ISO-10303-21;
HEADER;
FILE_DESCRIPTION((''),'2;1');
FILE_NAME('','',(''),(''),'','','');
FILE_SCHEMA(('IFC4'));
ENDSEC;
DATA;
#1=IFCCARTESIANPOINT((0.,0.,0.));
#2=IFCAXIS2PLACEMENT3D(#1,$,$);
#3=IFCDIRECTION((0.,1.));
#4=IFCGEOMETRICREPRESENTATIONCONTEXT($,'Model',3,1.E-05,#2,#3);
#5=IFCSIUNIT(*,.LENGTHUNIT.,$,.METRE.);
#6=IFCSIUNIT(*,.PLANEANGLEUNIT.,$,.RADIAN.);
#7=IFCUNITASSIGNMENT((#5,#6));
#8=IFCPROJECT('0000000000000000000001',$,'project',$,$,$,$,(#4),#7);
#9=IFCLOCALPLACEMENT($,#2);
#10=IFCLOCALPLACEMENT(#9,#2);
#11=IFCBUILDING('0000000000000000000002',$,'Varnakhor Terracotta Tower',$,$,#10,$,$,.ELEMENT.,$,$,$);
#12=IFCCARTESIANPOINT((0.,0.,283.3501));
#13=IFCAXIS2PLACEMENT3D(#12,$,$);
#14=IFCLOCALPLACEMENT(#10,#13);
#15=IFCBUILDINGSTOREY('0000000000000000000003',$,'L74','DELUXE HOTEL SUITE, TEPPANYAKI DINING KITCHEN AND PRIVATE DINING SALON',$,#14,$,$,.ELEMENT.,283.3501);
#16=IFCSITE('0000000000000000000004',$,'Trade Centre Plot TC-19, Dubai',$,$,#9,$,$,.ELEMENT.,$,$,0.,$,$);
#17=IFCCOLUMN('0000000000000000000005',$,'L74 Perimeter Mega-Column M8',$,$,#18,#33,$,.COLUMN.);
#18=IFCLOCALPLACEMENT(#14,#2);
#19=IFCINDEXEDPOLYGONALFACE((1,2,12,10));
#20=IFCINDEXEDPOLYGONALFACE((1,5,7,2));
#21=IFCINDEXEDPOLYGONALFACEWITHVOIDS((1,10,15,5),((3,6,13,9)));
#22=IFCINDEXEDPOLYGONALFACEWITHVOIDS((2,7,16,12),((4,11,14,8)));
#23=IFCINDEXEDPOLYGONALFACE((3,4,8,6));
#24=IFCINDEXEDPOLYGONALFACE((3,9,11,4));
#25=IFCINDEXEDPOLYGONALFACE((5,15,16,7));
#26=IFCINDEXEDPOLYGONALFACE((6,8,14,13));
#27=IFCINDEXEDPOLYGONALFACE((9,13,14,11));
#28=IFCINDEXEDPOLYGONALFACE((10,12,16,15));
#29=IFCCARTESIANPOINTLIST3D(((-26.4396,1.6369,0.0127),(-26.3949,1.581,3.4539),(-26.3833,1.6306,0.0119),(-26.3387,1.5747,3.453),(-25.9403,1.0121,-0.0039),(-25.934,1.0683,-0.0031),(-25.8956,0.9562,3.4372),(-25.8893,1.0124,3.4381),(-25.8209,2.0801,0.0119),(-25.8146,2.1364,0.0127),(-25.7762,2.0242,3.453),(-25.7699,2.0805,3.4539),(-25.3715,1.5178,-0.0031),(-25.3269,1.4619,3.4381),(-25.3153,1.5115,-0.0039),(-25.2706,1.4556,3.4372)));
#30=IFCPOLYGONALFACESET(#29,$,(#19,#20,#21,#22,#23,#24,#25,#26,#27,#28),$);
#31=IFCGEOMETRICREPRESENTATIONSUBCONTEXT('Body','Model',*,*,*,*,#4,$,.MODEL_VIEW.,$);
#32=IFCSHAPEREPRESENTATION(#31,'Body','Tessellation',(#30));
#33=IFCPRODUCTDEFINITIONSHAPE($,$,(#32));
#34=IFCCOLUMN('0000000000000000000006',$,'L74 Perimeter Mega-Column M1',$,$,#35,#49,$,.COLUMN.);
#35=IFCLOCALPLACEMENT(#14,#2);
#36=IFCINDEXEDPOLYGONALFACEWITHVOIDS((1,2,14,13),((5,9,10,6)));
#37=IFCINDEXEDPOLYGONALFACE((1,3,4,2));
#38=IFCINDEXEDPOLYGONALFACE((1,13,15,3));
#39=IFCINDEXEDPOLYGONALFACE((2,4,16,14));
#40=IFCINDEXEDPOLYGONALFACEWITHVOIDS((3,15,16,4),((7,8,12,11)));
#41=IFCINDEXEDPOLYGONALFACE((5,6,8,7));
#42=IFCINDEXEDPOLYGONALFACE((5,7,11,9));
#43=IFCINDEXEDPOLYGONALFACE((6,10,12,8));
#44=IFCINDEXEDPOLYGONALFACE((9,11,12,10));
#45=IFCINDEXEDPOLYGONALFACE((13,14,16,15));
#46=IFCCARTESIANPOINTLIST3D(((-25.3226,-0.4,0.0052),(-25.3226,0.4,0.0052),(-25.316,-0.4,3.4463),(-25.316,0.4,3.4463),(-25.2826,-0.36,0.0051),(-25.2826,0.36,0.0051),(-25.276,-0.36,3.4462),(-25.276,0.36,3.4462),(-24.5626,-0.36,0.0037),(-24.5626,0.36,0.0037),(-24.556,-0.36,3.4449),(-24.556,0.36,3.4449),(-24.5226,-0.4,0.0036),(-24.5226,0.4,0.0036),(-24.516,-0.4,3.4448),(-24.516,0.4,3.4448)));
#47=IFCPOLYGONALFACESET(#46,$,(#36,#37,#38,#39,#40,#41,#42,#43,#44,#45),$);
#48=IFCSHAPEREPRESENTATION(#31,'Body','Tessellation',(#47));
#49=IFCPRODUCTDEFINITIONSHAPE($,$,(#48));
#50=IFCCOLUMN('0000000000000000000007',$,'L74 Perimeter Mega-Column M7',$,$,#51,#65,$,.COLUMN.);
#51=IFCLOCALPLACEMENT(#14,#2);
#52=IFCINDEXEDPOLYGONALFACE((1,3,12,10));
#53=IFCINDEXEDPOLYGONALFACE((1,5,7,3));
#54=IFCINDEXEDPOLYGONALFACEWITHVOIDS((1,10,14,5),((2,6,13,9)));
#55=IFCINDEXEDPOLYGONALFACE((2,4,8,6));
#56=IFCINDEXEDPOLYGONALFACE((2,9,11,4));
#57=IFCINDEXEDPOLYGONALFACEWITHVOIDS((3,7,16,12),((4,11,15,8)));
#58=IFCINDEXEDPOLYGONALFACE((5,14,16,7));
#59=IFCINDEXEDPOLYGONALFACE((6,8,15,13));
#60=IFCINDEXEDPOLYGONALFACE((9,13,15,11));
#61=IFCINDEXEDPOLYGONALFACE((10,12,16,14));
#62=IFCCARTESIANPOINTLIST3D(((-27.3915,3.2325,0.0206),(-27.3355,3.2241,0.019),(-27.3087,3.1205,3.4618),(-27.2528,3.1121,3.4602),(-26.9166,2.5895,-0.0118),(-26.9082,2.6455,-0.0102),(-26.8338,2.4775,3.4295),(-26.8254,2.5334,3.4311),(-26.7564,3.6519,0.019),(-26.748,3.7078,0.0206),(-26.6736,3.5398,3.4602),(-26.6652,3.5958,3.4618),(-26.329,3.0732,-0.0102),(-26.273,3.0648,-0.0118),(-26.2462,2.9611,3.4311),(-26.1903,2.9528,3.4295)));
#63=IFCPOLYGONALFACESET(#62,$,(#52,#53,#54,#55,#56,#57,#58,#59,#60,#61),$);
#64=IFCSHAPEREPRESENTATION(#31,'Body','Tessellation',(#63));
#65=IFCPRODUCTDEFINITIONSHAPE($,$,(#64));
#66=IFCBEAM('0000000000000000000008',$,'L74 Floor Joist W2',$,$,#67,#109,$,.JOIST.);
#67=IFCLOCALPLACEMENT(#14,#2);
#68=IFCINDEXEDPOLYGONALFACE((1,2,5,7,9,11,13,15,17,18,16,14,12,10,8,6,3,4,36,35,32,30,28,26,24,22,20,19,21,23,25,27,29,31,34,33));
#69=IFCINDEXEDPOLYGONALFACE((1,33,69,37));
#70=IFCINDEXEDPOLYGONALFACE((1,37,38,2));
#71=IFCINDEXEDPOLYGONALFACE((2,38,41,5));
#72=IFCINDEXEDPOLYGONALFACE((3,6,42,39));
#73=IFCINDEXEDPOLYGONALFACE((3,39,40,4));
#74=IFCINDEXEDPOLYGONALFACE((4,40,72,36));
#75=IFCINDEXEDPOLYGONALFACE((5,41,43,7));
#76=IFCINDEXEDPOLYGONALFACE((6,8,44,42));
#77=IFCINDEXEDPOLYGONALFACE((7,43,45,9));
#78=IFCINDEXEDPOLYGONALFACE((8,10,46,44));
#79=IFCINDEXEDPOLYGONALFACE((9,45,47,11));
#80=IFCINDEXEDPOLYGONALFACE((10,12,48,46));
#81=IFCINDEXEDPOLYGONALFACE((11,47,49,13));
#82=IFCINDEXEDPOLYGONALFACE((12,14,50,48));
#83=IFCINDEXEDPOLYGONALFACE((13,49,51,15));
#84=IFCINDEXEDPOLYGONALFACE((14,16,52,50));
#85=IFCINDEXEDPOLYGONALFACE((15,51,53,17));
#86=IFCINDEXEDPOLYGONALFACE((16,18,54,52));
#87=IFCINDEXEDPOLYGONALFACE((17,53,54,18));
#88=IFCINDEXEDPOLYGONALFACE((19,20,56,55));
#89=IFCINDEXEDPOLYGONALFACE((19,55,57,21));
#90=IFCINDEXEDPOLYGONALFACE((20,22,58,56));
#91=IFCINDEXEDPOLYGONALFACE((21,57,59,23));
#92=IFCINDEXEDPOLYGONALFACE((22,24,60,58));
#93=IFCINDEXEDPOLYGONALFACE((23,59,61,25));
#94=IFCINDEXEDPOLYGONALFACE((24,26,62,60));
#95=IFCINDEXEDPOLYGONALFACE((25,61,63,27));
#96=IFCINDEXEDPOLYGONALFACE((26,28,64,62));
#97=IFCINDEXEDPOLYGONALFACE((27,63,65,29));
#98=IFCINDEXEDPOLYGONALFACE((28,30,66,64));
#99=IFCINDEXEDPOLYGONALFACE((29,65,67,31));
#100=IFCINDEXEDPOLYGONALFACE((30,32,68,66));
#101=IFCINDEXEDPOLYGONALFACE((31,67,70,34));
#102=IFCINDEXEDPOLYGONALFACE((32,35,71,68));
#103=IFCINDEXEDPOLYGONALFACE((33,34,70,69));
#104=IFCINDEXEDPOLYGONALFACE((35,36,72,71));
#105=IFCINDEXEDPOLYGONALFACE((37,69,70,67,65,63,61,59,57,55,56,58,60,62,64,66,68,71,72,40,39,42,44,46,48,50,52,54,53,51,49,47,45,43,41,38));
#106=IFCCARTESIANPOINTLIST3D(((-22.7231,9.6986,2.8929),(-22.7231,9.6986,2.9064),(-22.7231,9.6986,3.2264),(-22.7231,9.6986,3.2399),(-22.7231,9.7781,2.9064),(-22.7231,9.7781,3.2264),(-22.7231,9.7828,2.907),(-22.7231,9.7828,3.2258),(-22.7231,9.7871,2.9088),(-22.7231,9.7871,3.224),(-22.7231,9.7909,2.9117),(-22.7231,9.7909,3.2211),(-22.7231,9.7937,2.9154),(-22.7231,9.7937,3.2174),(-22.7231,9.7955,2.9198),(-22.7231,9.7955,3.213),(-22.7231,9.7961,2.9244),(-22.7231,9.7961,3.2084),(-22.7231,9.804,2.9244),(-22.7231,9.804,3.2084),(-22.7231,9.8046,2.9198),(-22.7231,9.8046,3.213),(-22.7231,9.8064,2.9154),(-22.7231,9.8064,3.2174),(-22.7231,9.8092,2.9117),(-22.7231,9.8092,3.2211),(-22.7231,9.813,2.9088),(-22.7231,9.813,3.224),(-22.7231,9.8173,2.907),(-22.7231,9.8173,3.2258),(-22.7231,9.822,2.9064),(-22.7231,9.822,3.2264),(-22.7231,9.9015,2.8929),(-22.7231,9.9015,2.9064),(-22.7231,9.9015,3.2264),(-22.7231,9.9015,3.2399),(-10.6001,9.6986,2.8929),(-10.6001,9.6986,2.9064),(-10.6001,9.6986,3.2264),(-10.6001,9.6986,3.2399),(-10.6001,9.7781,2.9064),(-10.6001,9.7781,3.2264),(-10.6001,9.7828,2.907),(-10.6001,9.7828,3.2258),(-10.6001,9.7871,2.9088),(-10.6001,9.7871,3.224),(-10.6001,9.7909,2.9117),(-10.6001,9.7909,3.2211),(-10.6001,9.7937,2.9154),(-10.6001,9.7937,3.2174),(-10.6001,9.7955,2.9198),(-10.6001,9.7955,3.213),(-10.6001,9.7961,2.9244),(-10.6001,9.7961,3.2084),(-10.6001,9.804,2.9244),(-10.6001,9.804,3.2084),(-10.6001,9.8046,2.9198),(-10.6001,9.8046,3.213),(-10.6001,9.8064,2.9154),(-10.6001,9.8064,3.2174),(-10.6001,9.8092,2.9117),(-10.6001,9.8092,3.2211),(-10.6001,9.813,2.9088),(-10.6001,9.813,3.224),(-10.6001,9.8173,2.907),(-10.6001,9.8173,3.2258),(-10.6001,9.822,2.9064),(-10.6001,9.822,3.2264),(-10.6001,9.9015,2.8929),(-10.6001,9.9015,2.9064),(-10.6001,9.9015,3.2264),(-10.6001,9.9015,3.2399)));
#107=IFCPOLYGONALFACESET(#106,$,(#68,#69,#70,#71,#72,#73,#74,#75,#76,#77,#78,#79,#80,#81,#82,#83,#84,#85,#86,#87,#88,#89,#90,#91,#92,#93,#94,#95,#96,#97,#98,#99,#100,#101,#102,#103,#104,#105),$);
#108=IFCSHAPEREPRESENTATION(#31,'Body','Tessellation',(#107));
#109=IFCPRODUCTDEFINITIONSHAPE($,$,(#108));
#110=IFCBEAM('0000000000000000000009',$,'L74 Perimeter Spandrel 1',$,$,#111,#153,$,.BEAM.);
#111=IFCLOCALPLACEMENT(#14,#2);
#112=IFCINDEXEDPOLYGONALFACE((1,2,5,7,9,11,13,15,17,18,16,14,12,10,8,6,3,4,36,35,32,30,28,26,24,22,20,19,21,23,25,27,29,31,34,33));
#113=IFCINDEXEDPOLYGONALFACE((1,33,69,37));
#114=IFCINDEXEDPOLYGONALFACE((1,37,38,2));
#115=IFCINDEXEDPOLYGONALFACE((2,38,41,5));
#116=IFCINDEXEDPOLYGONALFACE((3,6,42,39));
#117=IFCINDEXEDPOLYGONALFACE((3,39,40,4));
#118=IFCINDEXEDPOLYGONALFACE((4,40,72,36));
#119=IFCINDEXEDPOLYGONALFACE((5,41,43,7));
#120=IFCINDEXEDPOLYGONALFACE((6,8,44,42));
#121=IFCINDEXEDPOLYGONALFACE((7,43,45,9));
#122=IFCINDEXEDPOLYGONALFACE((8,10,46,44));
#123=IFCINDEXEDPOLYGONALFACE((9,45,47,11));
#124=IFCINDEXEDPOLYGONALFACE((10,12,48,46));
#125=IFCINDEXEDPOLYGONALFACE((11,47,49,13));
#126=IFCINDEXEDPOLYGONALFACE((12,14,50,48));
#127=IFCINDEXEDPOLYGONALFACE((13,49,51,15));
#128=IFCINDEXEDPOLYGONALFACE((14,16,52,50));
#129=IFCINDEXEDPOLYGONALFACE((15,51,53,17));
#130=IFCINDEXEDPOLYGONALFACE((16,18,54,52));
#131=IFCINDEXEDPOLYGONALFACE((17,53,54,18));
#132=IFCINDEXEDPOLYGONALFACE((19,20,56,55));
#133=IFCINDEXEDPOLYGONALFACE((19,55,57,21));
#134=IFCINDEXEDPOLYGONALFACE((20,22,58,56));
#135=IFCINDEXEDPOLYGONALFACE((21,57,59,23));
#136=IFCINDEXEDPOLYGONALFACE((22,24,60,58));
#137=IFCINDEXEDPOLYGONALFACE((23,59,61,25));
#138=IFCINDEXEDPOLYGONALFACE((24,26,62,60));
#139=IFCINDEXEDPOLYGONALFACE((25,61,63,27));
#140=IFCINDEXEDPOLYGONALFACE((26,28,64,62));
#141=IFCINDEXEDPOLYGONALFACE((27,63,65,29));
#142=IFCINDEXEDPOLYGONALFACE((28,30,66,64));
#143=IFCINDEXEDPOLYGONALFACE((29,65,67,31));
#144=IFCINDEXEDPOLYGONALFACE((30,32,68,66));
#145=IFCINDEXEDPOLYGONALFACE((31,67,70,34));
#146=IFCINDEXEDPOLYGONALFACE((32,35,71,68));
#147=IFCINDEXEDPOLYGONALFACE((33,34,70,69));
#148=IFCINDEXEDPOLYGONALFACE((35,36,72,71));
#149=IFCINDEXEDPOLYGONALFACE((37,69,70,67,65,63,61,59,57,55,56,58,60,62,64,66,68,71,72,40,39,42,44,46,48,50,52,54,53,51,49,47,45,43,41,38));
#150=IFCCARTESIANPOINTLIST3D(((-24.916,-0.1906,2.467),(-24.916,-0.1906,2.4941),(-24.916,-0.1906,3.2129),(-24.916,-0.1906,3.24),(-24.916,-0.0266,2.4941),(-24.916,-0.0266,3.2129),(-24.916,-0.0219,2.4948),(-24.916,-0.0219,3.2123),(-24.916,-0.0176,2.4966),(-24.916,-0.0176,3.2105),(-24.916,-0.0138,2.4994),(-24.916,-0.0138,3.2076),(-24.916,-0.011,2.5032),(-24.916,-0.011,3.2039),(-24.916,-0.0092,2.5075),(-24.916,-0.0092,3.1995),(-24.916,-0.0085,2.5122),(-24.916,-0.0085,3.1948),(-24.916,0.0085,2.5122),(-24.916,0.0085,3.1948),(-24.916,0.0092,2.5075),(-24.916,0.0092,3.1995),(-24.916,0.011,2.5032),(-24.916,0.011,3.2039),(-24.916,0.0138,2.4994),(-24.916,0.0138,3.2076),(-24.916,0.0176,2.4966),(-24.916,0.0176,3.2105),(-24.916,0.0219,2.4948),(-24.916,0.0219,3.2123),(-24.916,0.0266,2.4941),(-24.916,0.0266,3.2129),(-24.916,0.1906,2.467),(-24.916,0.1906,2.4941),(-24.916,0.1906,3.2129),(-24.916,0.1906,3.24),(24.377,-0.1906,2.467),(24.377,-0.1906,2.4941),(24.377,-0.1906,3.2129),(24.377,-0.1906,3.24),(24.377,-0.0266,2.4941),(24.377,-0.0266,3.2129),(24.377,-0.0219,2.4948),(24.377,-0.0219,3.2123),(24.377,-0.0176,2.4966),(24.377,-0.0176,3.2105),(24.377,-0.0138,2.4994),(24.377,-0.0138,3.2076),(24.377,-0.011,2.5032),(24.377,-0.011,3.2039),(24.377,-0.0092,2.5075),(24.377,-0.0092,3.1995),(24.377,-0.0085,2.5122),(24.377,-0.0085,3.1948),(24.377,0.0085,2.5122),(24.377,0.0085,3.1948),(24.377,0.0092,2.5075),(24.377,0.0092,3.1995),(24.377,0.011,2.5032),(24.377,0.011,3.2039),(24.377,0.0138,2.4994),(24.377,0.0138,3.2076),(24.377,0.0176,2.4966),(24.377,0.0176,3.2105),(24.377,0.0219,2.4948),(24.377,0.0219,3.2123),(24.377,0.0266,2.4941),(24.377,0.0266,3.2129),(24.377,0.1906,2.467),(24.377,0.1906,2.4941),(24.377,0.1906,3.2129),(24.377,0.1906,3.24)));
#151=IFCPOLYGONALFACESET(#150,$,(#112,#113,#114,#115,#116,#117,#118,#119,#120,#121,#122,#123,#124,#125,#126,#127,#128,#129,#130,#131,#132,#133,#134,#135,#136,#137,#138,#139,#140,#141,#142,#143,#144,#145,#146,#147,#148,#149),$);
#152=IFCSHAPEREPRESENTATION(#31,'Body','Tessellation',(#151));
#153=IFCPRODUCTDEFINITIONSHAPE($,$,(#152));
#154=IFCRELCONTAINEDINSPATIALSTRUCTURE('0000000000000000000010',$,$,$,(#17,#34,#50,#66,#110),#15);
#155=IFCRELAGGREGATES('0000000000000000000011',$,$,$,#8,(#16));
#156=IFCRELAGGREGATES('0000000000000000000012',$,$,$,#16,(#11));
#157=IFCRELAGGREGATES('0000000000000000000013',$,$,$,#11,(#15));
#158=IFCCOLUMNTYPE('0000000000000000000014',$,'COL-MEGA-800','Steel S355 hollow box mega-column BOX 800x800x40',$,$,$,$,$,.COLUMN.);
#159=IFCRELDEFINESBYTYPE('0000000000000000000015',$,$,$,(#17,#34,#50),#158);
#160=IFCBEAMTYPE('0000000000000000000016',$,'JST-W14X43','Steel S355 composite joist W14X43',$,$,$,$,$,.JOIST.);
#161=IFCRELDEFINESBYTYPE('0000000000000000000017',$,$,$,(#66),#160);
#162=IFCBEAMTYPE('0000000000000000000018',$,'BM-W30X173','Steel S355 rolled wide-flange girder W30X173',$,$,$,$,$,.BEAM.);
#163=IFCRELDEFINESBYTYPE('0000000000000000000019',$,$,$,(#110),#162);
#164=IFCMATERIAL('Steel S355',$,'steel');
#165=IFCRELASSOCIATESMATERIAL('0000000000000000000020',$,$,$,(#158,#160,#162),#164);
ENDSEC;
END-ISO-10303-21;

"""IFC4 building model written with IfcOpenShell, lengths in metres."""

from ifc_helpers import new_model, si_unit, direction, frame, origin, origin_2d, place, context, subcontext, project, spatial, hollow_rectangle, i_section, extrude, source, transform, mapped, material, material_profile, profile_set, type_object, element, save


model = new_model("IFC4")

# Units and contexts
model_context = context("Model", 3, precision=1e-05, world=origin(), true_north=direction((0.0, 1.0)))
body_context = subcontext(model_context, "Body", "Model", "MODEL_VIEW")
ifc_project = project(units=[si_unit("LENGTHUNIT", "METRE"), si_unit("PLANEANGLEUNIT", "RADIAN")], contexts=[model_context])

# Site, building, storey
site_placement = place(None, origin())
site = spatial("IfcSite", under=ifc_project, at=site_placement, Name="Trade Centre Plot TC-19, Dubai", CompositionType="ELEMENT", RefElevation=0.0)
building_placement = place(site_placement, origin())
building = spatial("IfcBuilding", under=site, at=building_placement, Name="Varnakhor Terracotta Tower", CompositionType="ELEMENT")
storey_placement = place(building_placement, frame((0.0, 0.0, 283.3501)))
storey = spatial("IfcBuildingStorey", under=building, at=storey_placement, Name="L74", Description="DELUXE HOTEL SUITE, TEPPANYAKI DINING KITCHEN AND PRIVATE DINING SALON", CompositionType="ELEMENT", Elevation=283.3501)

# Columns
ifc_material_1 = material(Name="Steel S355", Category="steel")
ifc_material_profile_1 = material_profile(ifc_material_1, hollow_rectangle(XDim=0.8, YDim=0.8, WallThickness=0.04, at=origin_2d()), Name="BOX 800x800x40")
ifc_profile_set_1 = profile_set([ifc_material_profile_1], Name="Steel S355")
column_type = type_object("IfcColumnType", Name="COL-MEGA-800", Description="Steel S355 hollow box mega-column BOX 800x800x40", PredefinedType="COLUMN", material=ifc_profile_set_1)
shared_shape_1 = source(origin(), body_context, "Body", "SweptSolid", [
    extrude(hollow_rectangle(XDim=0.8, YDim=0.8, WallThickness=0.04, at=origin_2d()), origin(), (0.0, 0.0, 1.0), 3.4419),
])
column_1_placement = place(storey_placement, frame((-25.8774, 1.5742, 0.0044), z_axis=(0.012981, -0.016243, 0.999784), x_axis=(0.781202, 0.624279, 0.0)))
element("IfcColumn", 1, at=column_1_placement, inside=storey, type_object=column_type, Name="L74 Perimeter Mega-Column M8", PredefinedType="COLUMN", context=body_context, shape_type="MappedRepresentation", body=[
    mapped(shared_shape_1, transform((0.0, 0.0, 0.0), scale=1.0)),
])
shared_shape_2 = source(origin(), body_context, "Body", "SweptSolid", [
    extrude(hollow_rectangle(XDim=0.8, YDim=0.8, WallThickness=0.04, at=origin_2d()), origin(), (0.0, 0.0, 1.0), 3.4412),
])
column_2_placement = place(storey_placement, frame((-24.9226, 0.0, 0.0044), z_axis=(0.001916, 0.0, 0.999998), x_axis=(0.0, 1.0, 0.0)))
element("IfcColumn", 2, at=column_2_placement, inside=storey, type_object=column_type, Name="L74 Perimeter Mega-Column M1", PredefinedType="COLUMN", context=body_context, shape_type="MappedRepresentation", body=[
    mapped(shared_shape_2, transform((0.0, 0.0, 0.0), scale=1.0)),
])
shared_shape_3 = source(origin(), body_context, "Body", "SweptSolid", [
    extrude(hollow_rectangle(XDim=0.8, YDim=0.8, WallThickness=0.04, at=origin_2d()), origin(), (0.0, 0.0, 1.0), 3.4441),
])
column_3_placement = place(storey_placement, frame((-26.8323, 3.1487, 0.0044), z_axis=(0.024031, -0.032538, 0.999182), x_axis=(0.804395, 0.594095, 0.0)))
element("IfcColumn", 3, at=column_3_placement, inside=storey, type_object=column_type, Name="L74 Perimeter Mega-Column M7", PredefinedType="COLUMN", context=body_context, shape_type="MappedRepresentation", body=[
    mapped(shared_shape_3, transform((0.0, 0.0, 0.0), scale=1.0)),
])

# Beams
ifc_material_profile_2 = material_profile(ifc_material_1, i_section(OverallWidth=0.2029, OverallDepth=0.3469, WebThickness=0.0078, FlangeThickness=0.0134, FilletRadius=0.0181, at=origin_2d()), Name="W14X43")
ifc_profile_set_2 = profile_set([ifc_material_profile_2], Name="Steel S355")
beam_type_1 = type_object("IfcBeamType", Name="JST-W14X43", Description="Steel S355 composite joist W14X43", PredefinedType="JOIST", material=ifc_profile_set_2)
shared_shape_4 = source(origin(), body_context, "Body", "SweptSolid", [
    extrude(i_section(OverallWidth=0.2029, OverallDepth=0.3469, WebThickness=0.0078, FlangeThickness=0.0134, FilletRadius=0.0181, at=origin_2d()), origin(), (0.0, 0.0, 1.0), 12.123),
])
beam_1_placement = place(storey_placement, frame((-22.7231, 9.8, 3.0664), z_axis=(1.0, 0.0, 0.0), x_axis=(0.0, 1.0, 0.0)))
element("IfcBeam", 4, at=beam_1_placement, inside=storey, type_object=beam_type_1, Name="L74 Floor Joist W2", PredefinedType="JOIST", context=body_context, shape_type="MappedRepresentation", body=[
    mapped(shared_shape_4, transform((0.0, 0.0, 0.0), scale=1.0)),
])
ifc_material_profile_3 = material_profile(ifc_material_1, i_section(OverallWidth=0.3811, OverallDepth=0.7729, WebThickness=0.0171, FlangeThickness=0.0271, FilletRadius=0.0181, at=origin_2d()), Name="W30X173")
ifc_profile_set_3 = profile_set([ifc_material_profile_3], Name="Steel S355")
beam_type_2 = type_object("IfcBeamType", Name="BM-W30X173", Description="Steel S355 rolled wide-flange girder W30X173", PredefinedType="BEAM", material=ifc_profile_set_3)
shared_shape_5 = source(origin(), body_context, "Body", "SweptSolid", [
    extrude(i_section(OverallWidth=0.3811, OverallDepth=0.7729, WebThickness=0.0171, FlangeThickness=0.0271, FilletRadius=0.0181, at=origin_2d()), origin(), (0.0, 0.0, 1.0), 49.293),
])
beam_2_placement = place(storey_placement, frame((-24.916, 0.0, 2.8535), z_axis=(1.0, 0.0, 0.0), x_axis=(0.0, 1.0, 0.0)))
element("IfcBeam", 5, at=beam_2_placement, inside=storey, type_object=beam_type_2, Name="L74 Perimeter Spandrel 1", PredefinedType="BEAM", context=body_context, shape_type="MappedRepresentation", body=[
    mapped(shared_shape_5, transform((0.0, 0.0, 0.0), scale=1.0)),
])

save(model, "model.ifc")
